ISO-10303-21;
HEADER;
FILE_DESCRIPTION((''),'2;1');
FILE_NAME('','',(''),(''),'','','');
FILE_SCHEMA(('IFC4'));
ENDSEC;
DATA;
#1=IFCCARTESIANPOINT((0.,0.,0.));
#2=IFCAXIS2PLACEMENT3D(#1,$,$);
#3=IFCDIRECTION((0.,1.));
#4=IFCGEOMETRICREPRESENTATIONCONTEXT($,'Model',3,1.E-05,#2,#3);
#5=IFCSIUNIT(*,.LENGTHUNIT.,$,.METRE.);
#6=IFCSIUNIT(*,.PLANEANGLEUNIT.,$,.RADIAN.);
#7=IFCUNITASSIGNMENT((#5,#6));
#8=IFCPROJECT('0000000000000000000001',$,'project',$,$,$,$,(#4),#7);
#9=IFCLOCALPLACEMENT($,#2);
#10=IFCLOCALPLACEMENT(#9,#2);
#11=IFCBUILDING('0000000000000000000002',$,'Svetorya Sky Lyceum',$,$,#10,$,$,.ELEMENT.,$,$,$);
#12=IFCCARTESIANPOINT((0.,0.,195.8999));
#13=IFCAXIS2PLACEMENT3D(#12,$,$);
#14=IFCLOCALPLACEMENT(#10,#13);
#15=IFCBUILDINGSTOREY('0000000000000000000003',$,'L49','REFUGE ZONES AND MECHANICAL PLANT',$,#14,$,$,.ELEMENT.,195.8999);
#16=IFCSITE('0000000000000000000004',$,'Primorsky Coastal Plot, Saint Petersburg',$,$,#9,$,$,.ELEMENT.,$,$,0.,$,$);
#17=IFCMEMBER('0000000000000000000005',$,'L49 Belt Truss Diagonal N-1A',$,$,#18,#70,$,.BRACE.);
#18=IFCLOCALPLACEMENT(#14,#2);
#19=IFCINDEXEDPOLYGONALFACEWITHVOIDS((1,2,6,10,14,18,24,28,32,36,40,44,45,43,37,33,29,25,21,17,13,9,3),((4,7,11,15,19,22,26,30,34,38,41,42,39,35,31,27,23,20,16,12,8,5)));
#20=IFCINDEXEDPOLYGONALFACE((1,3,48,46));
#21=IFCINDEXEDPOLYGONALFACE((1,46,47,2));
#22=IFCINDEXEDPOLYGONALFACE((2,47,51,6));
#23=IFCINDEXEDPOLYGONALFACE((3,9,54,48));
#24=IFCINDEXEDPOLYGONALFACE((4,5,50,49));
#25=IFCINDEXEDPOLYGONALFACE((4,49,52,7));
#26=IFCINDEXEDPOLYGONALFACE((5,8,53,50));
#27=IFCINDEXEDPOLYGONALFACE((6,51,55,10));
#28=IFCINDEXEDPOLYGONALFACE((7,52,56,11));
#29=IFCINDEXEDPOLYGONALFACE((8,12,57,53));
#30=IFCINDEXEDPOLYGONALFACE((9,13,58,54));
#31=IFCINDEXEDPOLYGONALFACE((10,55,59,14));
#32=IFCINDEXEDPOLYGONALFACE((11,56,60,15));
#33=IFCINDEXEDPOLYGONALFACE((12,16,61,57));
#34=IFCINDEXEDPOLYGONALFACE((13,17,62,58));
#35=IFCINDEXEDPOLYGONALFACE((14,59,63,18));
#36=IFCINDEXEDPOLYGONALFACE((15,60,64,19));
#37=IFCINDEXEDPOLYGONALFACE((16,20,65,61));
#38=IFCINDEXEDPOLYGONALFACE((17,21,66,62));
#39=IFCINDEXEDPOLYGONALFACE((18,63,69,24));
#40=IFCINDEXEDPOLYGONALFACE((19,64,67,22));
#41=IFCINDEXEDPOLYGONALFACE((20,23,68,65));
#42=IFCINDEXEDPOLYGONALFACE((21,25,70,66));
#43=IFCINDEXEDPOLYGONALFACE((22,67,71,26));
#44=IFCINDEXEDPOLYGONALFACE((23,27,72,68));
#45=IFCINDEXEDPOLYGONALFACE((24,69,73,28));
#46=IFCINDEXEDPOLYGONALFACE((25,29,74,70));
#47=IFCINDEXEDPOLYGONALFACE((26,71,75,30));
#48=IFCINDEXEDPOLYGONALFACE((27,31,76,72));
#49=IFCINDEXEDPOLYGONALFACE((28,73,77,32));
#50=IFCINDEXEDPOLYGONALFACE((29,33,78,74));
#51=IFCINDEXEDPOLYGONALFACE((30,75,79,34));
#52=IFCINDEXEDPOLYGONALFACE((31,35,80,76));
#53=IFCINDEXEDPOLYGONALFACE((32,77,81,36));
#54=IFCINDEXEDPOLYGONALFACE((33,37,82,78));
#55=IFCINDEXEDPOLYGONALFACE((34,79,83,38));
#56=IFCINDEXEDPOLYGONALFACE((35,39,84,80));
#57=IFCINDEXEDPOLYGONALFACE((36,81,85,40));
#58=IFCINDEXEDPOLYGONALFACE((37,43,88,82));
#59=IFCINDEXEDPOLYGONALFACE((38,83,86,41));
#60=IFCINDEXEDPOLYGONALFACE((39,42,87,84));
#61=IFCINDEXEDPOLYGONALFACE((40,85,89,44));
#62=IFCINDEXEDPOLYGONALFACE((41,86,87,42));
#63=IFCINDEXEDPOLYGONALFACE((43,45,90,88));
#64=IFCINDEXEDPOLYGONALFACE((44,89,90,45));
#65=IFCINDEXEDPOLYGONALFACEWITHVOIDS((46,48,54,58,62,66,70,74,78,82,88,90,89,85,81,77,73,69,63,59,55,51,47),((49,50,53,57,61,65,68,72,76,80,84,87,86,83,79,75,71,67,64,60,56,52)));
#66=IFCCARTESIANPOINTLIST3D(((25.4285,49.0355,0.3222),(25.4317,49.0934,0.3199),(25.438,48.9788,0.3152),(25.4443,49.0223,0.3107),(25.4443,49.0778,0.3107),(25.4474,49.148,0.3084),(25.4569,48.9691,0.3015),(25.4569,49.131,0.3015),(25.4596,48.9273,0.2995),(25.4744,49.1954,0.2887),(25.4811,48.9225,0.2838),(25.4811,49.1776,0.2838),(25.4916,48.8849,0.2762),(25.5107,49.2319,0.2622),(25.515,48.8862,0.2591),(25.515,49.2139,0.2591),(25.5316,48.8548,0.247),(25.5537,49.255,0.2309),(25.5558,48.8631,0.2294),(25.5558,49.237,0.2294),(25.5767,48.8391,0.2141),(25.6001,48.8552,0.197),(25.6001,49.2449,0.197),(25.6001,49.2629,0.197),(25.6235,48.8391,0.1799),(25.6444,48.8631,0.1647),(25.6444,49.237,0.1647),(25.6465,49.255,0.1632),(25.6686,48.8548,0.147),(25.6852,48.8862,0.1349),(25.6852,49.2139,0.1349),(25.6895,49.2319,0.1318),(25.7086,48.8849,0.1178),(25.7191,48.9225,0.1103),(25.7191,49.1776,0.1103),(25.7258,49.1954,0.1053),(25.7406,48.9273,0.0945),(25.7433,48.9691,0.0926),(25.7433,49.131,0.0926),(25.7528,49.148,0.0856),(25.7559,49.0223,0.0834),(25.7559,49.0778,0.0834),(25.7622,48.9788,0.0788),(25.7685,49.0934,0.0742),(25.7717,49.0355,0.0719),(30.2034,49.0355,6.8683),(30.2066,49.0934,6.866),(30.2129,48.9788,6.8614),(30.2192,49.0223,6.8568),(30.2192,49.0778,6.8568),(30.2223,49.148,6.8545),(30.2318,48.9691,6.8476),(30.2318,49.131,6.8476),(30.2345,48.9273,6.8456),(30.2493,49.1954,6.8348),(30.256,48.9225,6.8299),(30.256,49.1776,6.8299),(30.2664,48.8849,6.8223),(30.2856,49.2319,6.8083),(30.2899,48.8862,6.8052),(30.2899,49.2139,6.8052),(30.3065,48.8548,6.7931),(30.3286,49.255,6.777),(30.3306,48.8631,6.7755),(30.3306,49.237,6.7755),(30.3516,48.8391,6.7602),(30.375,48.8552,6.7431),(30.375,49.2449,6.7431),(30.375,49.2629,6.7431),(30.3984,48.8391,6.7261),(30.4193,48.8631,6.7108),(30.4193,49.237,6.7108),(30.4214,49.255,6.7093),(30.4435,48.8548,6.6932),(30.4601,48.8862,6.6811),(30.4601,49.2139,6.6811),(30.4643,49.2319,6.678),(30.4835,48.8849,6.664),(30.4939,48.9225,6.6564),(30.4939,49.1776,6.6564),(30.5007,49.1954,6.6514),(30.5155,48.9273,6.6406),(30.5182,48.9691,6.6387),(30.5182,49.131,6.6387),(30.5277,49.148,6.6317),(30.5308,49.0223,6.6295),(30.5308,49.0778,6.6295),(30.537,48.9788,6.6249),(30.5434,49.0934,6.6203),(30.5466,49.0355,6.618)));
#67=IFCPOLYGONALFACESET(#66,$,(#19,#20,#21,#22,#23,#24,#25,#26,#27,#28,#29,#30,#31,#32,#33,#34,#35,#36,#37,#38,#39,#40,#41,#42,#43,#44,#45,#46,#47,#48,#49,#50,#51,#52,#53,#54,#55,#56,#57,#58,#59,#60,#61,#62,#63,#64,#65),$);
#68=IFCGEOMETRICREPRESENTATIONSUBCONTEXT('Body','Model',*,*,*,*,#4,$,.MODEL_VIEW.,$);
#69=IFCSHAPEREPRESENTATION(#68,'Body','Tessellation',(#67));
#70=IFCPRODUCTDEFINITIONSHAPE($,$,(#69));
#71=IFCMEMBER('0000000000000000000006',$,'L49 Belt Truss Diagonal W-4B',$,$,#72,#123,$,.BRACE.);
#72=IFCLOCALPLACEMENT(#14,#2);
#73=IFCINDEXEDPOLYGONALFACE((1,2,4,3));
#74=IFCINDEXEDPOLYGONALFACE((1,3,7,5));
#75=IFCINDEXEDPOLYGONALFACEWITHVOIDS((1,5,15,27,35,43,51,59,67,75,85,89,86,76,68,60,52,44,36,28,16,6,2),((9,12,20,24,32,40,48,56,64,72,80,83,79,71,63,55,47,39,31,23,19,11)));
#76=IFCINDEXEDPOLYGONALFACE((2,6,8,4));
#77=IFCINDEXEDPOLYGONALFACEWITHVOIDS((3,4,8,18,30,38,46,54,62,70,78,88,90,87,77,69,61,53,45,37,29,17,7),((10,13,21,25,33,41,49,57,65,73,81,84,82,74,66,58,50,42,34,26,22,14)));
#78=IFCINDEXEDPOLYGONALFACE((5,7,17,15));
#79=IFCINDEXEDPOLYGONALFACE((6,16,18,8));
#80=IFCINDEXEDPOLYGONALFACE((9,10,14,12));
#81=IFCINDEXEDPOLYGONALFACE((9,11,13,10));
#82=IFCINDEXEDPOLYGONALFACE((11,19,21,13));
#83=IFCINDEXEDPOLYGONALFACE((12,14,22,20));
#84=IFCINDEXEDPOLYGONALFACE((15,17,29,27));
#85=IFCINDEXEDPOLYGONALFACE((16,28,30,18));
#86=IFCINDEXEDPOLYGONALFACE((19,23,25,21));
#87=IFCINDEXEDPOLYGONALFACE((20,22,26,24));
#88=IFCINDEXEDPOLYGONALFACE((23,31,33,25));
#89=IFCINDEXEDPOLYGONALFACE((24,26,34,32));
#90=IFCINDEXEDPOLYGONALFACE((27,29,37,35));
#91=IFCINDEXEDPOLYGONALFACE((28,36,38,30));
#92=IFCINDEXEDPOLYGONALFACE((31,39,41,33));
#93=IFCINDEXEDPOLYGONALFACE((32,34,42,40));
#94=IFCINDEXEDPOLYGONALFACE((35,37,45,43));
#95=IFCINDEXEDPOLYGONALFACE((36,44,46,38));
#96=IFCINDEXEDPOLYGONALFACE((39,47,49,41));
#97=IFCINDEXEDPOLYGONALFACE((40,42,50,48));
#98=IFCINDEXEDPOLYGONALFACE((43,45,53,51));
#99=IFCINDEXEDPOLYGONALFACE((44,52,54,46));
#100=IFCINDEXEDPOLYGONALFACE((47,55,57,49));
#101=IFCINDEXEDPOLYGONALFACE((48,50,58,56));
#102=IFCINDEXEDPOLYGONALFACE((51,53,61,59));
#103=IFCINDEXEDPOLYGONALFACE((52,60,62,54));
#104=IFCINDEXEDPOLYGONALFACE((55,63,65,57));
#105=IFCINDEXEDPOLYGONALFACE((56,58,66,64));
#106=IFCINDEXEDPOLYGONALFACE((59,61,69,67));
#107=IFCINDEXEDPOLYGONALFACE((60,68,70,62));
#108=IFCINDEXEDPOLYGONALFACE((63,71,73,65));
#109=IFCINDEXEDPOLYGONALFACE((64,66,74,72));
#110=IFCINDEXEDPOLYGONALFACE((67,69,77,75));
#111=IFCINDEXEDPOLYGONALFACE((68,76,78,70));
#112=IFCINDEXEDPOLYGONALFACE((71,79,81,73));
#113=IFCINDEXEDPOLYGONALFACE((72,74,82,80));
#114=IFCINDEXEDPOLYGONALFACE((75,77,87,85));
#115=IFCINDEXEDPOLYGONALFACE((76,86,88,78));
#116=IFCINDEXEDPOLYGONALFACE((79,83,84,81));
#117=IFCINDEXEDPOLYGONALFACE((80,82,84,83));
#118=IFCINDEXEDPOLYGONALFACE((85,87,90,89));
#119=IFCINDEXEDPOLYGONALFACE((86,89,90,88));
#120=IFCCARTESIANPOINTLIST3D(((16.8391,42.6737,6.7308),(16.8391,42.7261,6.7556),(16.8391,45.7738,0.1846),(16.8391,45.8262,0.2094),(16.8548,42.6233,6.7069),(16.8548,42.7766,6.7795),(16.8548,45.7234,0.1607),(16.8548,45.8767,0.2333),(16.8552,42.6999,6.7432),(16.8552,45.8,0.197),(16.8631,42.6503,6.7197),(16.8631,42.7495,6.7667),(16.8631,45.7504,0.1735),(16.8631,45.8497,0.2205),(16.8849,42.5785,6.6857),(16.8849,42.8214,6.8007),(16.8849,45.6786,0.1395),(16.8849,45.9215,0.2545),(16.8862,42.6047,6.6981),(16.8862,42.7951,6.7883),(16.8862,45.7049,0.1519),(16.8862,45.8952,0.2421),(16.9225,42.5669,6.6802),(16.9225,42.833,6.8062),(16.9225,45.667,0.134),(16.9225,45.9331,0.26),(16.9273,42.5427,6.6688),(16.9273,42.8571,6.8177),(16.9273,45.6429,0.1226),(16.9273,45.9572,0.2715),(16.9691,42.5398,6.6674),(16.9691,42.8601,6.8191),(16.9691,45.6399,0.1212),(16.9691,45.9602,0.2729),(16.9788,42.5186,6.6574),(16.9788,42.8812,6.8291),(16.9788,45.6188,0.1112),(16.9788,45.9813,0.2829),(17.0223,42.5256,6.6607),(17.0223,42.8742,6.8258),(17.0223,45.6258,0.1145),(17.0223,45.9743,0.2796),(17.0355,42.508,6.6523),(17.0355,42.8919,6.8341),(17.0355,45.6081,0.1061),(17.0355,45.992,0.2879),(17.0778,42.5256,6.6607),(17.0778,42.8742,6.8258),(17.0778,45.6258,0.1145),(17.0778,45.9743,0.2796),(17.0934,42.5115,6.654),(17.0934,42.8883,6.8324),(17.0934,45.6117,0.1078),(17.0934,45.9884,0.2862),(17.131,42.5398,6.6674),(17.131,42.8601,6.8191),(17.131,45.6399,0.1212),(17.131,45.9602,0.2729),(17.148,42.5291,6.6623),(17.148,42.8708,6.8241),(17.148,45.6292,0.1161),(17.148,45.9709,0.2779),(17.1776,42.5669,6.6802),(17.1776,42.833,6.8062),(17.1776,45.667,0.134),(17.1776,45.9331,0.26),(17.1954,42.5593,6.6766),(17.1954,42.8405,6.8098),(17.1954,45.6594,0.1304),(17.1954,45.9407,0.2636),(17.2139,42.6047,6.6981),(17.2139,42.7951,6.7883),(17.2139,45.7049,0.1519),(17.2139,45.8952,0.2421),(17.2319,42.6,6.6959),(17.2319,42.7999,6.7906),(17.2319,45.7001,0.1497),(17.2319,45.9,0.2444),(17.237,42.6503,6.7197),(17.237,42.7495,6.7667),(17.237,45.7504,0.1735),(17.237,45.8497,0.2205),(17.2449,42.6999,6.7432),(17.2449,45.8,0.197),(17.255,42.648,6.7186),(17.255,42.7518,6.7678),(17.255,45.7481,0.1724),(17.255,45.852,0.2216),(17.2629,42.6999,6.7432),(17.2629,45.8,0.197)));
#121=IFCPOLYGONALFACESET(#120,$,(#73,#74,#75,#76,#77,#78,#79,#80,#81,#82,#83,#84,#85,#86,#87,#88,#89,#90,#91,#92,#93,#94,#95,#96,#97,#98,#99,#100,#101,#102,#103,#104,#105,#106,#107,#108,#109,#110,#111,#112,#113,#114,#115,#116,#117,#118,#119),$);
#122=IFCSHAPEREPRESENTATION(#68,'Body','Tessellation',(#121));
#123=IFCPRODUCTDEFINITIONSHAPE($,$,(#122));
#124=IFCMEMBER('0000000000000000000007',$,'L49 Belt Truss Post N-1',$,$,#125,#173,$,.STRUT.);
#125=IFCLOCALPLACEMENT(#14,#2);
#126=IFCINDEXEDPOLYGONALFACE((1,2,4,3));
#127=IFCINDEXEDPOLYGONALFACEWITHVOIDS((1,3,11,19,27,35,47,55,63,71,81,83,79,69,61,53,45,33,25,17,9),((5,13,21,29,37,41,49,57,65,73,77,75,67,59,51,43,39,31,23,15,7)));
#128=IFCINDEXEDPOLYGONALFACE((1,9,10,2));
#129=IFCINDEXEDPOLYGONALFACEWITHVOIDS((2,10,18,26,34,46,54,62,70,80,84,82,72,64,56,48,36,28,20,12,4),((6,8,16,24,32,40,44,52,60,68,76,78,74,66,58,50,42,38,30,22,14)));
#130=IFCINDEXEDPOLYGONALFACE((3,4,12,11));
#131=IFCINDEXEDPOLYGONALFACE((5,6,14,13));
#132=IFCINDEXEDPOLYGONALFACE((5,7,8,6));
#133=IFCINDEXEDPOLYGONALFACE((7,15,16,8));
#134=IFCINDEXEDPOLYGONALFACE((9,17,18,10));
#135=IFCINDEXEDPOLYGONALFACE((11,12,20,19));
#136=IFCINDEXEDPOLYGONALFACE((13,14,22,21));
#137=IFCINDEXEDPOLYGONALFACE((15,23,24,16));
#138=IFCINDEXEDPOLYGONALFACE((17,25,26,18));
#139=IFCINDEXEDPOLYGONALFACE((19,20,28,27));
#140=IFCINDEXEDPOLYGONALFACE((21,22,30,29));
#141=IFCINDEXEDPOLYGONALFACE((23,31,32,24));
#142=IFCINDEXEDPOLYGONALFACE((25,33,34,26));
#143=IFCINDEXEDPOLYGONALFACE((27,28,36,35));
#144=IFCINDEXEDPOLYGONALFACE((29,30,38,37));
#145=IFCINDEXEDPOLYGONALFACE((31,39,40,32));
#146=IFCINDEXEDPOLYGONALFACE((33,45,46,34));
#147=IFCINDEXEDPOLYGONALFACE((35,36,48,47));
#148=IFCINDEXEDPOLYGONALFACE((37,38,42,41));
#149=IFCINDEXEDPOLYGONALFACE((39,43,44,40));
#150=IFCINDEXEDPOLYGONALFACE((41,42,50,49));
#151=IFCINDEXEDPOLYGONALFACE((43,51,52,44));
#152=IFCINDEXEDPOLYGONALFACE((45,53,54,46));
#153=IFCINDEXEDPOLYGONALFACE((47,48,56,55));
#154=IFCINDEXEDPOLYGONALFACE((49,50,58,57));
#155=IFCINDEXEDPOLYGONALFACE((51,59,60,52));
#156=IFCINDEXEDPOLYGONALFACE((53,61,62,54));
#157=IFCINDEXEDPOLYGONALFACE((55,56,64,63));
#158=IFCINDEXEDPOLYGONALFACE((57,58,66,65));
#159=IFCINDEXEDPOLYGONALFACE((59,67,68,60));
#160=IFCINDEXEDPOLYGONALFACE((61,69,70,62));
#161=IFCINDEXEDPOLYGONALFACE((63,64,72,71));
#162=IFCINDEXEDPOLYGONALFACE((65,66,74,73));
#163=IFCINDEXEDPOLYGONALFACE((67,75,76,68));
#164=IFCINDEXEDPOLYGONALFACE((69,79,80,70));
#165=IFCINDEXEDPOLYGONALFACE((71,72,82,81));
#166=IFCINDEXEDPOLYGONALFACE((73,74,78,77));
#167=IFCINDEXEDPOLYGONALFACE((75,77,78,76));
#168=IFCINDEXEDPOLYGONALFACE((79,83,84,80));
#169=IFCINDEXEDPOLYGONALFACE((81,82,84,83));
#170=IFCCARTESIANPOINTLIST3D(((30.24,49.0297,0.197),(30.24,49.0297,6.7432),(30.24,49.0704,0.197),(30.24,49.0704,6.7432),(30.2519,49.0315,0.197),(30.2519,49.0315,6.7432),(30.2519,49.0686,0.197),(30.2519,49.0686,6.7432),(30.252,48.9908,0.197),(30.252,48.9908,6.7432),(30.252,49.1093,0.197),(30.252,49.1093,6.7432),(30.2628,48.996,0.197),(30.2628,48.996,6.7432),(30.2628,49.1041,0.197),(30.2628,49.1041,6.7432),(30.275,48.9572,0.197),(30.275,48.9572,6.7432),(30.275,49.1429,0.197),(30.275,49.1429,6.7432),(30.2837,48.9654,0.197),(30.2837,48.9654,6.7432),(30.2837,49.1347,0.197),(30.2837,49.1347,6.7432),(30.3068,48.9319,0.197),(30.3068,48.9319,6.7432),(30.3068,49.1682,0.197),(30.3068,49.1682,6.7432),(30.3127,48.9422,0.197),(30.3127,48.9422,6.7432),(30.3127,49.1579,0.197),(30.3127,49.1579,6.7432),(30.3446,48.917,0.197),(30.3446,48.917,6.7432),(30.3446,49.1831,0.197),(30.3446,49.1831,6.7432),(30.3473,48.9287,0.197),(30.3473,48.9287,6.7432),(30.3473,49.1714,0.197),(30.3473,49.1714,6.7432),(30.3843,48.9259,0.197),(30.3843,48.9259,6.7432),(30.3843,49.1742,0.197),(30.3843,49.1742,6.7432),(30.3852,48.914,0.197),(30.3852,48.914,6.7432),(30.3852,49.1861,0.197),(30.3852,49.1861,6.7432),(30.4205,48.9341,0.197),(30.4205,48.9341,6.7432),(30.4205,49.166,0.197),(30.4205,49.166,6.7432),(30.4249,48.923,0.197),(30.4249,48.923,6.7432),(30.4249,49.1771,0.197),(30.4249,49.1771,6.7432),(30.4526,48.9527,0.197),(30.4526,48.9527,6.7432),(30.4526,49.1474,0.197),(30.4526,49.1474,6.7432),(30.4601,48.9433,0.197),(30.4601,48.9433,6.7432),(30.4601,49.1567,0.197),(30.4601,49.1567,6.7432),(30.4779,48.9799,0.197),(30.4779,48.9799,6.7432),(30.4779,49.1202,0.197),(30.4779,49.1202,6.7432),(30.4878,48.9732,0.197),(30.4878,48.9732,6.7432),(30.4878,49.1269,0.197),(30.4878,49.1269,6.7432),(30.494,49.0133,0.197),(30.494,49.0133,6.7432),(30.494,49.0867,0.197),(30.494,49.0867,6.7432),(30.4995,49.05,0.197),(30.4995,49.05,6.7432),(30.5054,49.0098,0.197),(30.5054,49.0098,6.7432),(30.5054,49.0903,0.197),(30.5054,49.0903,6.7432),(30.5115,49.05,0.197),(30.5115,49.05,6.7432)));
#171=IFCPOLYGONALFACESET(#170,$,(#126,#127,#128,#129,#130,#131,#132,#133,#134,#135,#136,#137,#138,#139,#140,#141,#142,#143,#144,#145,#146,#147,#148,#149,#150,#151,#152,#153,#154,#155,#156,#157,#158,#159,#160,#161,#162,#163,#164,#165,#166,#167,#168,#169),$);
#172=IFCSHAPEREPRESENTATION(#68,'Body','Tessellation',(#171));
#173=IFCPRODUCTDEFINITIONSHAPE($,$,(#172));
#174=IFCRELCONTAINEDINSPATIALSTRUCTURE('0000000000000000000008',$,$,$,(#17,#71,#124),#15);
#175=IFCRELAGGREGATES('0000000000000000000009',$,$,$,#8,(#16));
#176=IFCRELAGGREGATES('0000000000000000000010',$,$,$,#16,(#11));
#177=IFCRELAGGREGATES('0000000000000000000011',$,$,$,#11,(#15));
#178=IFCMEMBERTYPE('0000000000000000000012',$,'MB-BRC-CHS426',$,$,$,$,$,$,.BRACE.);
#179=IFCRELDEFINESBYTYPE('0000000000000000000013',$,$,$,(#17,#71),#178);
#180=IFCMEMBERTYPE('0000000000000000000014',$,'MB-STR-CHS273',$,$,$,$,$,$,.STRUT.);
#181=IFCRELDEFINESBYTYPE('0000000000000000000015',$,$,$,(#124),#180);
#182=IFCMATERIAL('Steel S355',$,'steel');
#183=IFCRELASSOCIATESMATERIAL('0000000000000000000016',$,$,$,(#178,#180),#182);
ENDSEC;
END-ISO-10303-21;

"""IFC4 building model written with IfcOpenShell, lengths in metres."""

from ifc_helpers import new_model, si_unit, direction, frame, origin, origin_2d, place, context, subcontext, project, spatial, hollow_circle, extrude, material, material_profile, profile_set, type_object, element, save


model = new_model("IFC4")

# Units and contexts
model_context = context("Model", 3, precision=1e-05, world=origin(), true_north=direction((0.0, 1.0)))
body_context = subcontext(model_context, "Body", "Model", "MODEL_VIEW")
ifc_project = project(units=[si_unit("LENGTHUNIT", "METRE"), si_unit("PLANEANGLEUNIT", "RADIAN")], contexts=[model_context])

# Site, building, storey
site_placement = place(None, origin())
site = spatial("IfcSite", under=ifc_project, at=site_placement, Name="Primorsky Coastal Plot, Saint Petersburg", CompositionType="ELEMENT", RefElevation=0.0)
building_placement = place(site_placement, origin())
building = spatial("IfcBuilding", under=site, at=building_placement, Name="Svetorya Sky Lyceum", CompositionType="ELEMENT")
storey_placement = place(building_placement, frame((0.0, 0.0, 195.8999)))
storey = spatial("IfcBuildingStorey", under=building, at=storey_placement, Name="L49", Description="REFUGE ZONES AND MECHANICAL PLANT", CompositionType="ELEMENT", Elevation=195.8999)

# Shared definitions
ifc_material_1 = material(Name="Steel S355", Category="steel")

# Members
ifc_material_profile_1 = material_profile(ifc_material_1, hollow_circle(Radius=0.2129, WallThickness=0.0181, at=origin_2d()), Name="CHS 426x18")
ifc_profile_set_1 = profile_set([ifc_material_profile_1], Name="Steel S355")
member_type_1 = type_object("IfcMemberType", Name="MB-BRC-CHS426", PredefinedType="BRACE", material=ifc_profile_set_1)
member_1_placement = place(storey_placement, frame((25.6001, 49.05, 0.197), z_axis=(0.589307, 0.0, 0.807909), x_axis=(0.0, 1.0, 0.0)))
element("IfcMember", 1, at=member_1_placement, inside=storey, type_object=member_type_1, Name="L49 Belt Truss Diagonal N-1A", PredefinedType="BRACE", context=body_context, shape_type="SweptSolid", body=[
    extrude(hollow_circle(Radius=0.2129, WallThickness=0.0181, at=origin_2d()), origin(), (0.0, 0.0, 1.0), 8.1025),
])
member_2_placement = place(storey_placement, frame((17.05, 45.8, 0.197), z_axis=(0.0, -0.428007, 0.903776), x_axis=(1.0, 0.0, 0.0)))
element("IfcMember", 2, at=member_2_placement, inside=storey, type_object=member_type_1, Name="L49 Belt Truss Diagonal W-4B", PredefinedType="BRACE", context=body_context, shape_type="SweptSolid", body=[
    extrude(hollow_circle(Radius=0.2129, WallThickness=0.0181, at=origin_2d()), origin(), (0.0, 0.0, 1.0), 7.2432),
])
ifc_material_profile_2 = material_profile(ifc_material_1, hollow_circle(Radius=0.1365, WallThickness=0.012, at=origin_2d()), Name="CHS 273x12")
ifc_profile_set_2 = profile_set([ifc_material_profile_2], Name="Steel S355")
member_type_2 = type_object("IfcMemberType", Name="MB-STR-CHS273", PredefinedType="STRUT", material=ifc_profile_set_2)
for number, where, z_axis, x_axis, name in (
    (3, (30.375, 49.05, 0.197), (0.0, 0.0, 1.0), (1.0, 0.0, 0.0), "L49 Belt Truss Post N-1"),
):
    element("IfcMember", number, at=place(storey_placement, frame(where, z_axis=z_axis, x_axis=x_axis)), inside=storey, type_object=member_type_2, Name=name, PredefinedType="STRUT", context=body_context, shape_type="SweptSolid", body=[
        extrude(hollow_circle(Radius=0.1365, WallThickness=0.012, at=origin_2d()), origin(), (0.0, 0.0, 1.0), 6.5461),
    ])

save(model, "model.ifc")
